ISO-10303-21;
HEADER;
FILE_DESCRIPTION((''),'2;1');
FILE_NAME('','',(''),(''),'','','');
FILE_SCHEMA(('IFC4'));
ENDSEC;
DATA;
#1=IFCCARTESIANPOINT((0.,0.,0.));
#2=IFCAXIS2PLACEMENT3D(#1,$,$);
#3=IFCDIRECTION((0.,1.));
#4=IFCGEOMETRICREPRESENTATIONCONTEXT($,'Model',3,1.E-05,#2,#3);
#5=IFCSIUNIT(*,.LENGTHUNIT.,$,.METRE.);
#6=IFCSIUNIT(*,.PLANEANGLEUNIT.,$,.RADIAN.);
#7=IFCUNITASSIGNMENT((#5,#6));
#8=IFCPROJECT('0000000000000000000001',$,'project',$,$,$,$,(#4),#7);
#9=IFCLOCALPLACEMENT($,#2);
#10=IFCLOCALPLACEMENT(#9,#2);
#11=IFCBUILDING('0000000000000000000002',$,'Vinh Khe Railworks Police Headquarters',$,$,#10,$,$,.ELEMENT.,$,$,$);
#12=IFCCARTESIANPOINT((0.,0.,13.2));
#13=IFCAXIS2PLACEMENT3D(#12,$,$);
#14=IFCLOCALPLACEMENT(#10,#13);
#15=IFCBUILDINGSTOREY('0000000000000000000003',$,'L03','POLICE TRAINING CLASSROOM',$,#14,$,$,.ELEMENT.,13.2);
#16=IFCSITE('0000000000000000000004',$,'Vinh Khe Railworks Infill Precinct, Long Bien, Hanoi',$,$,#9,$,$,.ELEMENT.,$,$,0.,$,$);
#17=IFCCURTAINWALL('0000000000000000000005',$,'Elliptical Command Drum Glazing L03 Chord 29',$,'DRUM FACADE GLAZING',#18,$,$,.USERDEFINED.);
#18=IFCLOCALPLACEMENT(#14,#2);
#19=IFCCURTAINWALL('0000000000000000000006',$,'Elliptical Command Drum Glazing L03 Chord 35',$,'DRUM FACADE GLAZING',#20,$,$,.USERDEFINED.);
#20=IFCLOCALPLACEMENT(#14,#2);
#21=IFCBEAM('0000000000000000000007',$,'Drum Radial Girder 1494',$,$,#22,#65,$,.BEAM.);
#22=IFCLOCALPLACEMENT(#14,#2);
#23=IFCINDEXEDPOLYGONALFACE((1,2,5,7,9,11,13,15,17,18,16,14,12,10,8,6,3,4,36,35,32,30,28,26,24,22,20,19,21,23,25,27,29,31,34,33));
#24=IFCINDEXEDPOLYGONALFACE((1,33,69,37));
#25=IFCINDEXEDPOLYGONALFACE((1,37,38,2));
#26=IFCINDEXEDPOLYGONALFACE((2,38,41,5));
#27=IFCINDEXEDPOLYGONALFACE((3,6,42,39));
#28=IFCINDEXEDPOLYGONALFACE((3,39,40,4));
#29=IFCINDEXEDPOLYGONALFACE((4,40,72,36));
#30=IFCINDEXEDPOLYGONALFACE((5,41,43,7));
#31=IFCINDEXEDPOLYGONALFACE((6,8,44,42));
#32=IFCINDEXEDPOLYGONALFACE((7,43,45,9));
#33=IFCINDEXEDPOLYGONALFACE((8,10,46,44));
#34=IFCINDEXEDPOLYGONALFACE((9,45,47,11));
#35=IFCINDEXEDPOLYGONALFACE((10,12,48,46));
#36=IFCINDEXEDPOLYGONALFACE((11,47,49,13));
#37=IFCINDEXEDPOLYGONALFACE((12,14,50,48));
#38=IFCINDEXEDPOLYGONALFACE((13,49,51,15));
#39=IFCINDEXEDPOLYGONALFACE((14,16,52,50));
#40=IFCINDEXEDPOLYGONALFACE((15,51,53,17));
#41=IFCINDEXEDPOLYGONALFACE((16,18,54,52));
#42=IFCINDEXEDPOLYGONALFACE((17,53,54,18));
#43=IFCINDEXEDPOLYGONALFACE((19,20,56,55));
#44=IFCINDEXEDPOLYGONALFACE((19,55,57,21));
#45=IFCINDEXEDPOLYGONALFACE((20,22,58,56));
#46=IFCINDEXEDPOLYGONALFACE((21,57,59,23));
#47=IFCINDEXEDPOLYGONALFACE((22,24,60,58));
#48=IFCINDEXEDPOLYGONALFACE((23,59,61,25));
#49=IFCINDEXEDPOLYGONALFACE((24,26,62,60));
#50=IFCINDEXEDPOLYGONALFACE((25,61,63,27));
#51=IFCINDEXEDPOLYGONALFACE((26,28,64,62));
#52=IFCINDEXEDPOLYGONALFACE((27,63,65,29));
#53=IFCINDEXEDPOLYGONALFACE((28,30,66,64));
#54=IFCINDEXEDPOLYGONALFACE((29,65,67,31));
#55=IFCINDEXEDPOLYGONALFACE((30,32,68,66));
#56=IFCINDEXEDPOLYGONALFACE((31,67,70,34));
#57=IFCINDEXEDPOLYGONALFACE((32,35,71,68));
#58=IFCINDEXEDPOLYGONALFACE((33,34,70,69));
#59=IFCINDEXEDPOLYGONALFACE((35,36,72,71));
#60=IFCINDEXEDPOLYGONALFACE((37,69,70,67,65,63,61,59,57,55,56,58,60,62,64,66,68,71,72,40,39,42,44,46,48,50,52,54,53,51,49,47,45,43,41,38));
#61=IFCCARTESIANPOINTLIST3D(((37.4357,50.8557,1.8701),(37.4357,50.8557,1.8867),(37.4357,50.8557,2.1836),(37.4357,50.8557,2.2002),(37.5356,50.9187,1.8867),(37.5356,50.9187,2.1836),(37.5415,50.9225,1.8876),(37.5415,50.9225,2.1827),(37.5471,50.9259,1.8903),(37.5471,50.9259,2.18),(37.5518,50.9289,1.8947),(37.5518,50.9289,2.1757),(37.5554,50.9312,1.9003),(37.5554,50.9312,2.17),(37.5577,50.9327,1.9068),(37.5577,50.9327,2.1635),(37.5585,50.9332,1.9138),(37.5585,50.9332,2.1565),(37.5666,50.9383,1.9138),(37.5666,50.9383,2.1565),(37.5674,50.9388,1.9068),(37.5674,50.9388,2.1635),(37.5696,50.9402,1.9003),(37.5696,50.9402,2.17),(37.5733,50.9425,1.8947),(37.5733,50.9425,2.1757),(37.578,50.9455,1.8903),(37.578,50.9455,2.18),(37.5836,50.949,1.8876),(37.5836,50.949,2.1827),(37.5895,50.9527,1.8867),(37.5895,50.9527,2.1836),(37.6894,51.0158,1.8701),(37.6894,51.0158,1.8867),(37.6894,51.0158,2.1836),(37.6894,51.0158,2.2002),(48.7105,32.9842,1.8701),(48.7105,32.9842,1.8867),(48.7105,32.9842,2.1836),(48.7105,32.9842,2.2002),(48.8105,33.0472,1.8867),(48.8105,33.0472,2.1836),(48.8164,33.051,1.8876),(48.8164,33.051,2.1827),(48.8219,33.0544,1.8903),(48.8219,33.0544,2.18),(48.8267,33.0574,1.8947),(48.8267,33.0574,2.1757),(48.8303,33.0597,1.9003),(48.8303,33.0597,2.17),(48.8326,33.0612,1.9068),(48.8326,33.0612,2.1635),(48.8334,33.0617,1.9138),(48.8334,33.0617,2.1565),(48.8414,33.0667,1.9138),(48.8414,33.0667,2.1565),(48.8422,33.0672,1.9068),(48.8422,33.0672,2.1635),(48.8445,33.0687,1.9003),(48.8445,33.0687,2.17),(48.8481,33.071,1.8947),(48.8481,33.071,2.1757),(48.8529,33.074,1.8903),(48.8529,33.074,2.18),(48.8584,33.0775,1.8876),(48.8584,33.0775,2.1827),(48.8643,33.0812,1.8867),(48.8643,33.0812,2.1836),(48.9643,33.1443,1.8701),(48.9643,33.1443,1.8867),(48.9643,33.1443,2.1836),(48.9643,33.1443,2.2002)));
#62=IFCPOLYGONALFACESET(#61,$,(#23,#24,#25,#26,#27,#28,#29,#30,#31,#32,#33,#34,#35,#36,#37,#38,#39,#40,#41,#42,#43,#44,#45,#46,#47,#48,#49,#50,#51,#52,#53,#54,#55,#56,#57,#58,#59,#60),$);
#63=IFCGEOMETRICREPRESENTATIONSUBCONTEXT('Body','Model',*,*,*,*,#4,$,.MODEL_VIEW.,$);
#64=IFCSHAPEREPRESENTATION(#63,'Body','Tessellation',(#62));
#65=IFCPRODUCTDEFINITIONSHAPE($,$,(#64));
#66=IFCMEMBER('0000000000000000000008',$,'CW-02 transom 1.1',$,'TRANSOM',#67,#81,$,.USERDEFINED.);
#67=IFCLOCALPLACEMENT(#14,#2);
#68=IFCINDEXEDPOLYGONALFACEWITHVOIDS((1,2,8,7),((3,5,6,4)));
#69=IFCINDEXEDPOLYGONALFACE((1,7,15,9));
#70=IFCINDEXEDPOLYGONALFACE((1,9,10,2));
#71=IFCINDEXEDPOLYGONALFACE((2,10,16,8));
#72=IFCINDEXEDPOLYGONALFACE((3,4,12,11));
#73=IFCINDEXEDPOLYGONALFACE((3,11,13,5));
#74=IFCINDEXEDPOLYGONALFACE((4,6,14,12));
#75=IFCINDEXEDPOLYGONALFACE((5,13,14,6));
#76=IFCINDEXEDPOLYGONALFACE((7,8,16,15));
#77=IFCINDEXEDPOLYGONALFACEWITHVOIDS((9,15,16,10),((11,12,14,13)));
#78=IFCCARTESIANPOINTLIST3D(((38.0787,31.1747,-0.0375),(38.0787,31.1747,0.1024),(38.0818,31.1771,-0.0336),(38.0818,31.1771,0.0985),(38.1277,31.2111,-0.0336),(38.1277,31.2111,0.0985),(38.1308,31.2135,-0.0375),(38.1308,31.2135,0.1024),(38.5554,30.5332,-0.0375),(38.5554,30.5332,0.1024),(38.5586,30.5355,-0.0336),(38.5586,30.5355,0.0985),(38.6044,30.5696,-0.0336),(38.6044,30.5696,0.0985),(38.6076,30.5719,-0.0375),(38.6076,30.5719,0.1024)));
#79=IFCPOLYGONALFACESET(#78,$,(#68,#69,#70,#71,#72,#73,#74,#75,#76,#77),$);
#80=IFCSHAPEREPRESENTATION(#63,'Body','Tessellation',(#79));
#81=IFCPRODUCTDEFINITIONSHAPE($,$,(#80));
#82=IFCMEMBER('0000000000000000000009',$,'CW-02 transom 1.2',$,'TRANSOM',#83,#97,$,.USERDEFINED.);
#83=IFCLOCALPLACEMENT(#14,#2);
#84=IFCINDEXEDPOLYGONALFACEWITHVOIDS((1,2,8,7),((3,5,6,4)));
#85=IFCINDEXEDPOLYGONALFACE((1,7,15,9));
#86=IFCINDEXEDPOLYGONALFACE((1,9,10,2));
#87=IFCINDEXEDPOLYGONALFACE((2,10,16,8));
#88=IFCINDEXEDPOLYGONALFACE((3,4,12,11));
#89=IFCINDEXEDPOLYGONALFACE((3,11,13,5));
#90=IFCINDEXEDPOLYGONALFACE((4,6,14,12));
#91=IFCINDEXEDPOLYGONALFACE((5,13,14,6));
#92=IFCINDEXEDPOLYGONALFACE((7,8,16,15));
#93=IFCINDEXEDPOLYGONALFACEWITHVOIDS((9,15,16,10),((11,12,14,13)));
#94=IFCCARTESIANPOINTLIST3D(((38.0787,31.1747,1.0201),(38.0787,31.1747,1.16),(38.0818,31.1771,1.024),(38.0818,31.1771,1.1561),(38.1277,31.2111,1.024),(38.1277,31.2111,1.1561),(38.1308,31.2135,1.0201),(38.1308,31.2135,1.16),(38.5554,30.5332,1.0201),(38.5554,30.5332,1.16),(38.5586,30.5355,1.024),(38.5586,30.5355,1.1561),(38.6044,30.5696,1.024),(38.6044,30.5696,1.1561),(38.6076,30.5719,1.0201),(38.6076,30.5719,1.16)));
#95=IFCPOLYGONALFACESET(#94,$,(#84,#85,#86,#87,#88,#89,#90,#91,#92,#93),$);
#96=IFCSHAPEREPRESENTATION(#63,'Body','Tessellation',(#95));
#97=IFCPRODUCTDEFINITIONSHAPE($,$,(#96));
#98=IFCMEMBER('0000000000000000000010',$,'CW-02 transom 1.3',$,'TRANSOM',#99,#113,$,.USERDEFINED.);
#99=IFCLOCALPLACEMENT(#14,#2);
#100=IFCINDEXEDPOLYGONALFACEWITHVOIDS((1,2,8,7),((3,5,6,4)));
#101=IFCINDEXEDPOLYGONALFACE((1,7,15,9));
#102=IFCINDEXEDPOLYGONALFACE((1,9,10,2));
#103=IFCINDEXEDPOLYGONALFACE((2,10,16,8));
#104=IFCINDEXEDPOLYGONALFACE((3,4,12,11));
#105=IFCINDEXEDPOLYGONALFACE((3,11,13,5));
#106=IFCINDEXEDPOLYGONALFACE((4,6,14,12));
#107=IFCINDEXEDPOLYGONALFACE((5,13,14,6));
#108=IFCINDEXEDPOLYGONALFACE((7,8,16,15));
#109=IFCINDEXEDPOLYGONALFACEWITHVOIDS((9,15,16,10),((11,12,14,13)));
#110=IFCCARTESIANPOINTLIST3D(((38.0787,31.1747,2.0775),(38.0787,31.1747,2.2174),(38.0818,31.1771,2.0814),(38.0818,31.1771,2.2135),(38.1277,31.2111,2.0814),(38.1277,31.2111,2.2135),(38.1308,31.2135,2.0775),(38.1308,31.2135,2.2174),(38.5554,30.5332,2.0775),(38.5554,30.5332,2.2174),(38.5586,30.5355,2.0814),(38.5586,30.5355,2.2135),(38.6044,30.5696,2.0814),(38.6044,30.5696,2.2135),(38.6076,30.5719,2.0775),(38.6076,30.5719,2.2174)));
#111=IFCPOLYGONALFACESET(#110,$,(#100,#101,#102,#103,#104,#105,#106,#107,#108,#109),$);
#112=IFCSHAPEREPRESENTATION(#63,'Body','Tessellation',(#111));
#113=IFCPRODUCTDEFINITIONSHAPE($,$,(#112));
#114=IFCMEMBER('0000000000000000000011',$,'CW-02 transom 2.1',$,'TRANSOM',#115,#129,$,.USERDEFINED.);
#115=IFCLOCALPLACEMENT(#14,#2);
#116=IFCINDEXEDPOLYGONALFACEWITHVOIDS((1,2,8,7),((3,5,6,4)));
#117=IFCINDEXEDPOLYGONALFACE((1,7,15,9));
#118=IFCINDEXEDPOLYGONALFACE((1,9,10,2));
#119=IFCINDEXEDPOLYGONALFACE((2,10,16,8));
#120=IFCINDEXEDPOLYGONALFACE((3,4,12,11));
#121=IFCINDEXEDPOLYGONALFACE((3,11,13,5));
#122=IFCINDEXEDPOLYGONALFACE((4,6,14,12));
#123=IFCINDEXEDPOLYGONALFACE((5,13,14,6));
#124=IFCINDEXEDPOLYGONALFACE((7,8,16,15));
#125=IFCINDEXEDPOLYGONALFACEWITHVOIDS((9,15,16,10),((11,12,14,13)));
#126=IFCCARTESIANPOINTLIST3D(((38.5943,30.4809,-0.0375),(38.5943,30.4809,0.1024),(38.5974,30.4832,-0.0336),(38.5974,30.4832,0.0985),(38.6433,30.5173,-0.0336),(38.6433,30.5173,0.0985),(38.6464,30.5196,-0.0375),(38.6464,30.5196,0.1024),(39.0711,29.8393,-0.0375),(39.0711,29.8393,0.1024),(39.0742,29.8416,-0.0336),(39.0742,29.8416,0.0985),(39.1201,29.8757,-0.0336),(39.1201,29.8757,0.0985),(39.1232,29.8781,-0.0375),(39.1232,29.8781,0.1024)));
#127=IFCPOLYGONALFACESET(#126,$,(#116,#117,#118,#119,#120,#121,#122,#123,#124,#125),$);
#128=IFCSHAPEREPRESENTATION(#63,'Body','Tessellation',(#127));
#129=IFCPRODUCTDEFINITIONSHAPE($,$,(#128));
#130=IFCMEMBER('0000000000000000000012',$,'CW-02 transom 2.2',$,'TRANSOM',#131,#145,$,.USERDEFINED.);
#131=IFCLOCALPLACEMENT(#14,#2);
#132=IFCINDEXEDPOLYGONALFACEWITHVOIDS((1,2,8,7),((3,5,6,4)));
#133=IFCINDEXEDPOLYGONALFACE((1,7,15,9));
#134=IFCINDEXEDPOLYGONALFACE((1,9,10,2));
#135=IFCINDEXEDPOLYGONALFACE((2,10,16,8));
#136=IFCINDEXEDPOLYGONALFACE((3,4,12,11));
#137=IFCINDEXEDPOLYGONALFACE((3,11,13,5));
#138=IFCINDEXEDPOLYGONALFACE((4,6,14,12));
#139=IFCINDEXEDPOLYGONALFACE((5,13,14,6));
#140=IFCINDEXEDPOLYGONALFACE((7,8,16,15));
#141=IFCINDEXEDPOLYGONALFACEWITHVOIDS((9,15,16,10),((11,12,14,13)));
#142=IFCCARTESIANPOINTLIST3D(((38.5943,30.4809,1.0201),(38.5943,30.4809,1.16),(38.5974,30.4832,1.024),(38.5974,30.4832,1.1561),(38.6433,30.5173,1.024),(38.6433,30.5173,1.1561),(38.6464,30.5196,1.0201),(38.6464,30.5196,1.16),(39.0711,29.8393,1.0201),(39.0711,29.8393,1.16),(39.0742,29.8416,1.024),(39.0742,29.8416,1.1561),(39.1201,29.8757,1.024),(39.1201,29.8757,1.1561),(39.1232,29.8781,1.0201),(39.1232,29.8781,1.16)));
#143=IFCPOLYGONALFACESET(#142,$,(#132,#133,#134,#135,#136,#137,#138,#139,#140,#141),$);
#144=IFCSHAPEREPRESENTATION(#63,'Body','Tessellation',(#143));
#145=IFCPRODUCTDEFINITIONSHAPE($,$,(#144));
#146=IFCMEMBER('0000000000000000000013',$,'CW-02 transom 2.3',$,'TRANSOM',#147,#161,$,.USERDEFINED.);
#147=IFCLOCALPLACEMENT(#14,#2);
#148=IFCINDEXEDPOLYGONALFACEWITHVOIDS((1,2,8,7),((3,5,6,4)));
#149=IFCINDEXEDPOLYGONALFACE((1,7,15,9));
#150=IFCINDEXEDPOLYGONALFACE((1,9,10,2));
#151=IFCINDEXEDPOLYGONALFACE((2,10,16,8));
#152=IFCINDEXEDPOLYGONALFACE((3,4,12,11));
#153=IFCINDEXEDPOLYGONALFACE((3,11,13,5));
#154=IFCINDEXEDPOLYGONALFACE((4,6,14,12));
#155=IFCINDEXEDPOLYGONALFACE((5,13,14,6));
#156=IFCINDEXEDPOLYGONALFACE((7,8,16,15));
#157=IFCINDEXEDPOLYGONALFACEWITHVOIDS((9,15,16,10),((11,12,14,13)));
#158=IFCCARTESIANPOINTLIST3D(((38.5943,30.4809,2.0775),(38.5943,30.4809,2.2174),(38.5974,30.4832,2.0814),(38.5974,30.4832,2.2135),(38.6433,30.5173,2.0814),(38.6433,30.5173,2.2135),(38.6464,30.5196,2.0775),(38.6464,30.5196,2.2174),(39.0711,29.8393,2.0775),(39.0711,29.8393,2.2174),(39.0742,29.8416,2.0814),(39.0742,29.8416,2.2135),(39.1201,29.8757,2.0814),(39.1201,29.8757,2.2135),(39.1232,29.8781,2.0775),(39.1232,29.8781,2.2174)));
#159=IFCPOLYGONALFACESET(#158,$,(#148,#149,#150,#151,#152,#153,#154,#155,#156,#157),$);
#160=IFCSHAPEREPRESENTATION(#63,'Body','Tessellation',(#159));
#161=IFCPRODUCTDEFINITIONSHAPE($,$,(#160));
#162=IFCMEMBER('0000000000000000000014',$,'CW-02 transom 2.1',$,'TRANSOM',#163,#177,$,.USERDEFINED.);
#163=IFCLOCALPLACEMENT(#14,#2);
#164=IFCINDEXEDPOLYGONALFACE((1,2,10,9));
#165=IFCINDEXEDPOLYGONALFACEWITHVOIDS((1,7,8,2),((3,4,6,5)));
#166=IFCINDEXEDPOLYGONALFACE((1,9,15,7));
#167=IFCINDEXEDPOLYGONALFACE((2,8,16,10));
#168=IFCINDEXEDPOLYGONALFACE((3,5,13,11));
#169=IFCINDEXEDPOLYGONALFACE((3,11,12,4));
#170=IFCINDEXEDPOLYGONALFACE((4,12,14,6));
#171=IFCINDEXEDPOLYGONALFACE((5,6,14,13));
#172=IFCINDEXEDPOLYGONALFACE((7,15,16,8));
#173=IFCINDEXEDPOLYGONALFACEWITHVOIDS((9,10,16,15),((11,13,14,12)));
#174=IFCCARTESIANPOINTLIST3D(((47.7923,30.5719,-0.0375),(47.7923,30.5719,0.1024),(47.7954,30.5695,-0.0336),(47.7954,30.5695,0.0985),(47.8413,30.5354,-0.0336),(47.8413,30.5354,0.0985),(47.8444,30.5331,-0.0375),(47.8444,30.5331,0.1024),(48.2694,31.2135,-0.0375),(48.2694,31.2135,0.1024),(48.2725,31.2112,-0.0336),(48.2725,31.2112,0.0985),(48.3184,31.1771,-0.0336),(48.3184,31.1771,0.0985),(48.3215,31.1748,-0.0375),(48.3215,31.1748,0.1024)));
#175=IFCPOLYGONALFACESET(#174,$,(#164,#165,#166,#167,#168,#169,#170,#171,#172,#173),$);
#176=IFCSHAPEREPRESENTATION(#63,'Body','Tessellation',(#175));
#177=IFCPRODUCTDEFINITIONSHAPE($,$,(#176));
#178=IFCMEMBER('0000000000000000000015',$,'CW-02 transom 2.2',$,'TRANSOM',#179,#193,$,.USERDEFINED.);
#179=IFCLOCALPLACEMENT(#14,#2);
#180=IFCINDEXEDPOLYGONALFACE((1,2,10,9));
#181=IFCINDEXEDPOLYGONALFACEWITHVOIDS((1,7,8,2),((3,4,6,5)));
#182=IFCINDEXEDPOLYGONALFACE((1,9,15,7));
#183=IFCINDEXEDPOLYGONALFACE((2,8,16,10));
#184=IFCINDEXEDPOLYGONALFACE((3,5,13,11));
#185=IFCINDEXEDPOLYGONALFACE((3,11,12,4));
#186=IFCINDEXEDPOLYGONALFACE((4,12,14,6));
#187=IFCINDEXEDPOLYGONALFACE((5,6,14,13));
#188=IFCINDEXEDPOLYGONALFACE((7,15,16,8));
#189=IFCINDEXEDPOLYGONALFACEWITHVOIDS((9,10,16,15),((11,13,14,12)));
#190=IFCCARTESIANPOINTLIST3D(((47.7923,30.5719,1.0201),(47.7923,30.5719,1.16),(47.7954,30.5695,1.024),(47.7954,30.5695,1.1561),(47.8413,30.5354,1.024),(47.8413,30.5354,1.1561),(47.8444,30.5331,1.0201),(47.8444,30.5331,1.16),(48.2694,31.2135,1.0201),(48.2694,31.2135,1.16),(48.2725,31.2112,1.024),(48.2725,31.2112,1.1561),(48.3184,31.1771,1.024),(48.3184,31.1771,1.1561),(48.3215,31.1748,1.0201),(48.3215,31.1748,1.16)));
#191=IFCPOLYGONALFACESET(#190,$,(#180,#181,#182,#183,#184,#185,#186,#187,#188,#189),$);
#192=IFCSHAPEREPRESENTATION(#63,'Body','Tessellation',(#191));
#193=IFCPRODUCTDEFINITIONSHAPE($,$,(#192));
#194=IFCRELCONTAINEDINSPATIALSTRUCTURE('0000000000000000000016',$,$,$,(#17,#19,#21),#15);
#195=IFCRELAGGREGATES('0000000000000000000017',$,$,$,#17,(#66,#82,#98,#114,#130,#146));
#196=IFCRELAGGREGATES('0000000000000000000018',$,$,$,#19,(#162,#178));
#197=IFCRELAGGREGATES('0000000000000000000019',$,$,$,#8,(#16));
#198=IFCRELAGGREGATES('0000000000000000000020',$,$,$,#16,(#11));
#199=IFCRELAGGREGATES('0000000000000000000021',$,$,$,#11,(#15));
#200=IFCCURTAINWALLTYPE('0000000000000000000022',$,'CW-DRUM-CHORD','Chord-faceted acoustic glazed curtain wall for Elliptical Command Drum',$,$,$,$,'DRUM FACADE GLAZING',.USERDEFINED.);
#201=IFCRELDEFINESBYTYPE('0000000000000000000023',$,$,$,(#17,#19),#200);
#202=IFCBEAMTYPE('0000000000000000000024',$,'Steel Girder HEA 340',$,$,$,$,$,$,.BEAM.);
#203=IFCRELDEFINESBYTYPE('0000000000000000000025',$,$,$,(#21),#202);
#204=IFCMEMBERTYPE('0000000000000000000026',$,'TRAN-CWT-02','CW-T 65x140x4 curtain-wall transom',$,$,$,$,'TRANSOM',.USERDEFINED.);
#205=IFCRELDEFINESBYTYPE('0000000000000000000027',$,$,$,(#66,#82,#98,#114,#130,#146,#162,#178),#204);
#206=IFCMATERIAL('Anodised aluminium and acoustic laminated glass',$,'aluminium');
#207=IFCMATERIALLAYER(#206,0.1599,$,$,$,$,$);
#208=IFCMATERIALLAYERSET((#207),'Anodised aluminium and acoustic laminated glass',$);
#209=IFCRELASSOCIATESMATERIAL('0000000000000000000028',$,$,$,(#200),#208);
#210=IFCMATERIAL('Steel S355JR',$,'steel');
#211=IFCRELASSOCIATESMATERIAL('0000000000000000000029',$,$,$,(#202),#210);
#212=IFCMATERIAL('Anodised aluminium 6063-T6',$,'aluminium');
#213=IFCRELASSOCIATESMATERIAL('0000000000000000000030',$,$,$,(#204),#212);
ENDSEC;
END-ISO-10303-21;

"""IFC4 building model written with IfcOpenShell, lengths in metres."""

from ifc_helpers import new_model, si_unit, direction, frame, origin, origin_2d, place, context, subcontext, project, spatial, hollow_rectangle, i_section, extrude, material, layer, layer_set, material_profile, profile_set, type_object, element, aggregate, save


model = new_model("IFC4")

# Units and contexts
model_context = context("Model", 3, precision=1e-05, world=origin(), true_north=direction((0.0, 1.0)))
body_context = subcontext(model_context, "Body", "Model", "MODEL_VIEW")
ifc_project = project(units=[si_unit("LENGTHUNIT", "METRE"), si_unit("PLANEANGLEUNIT", "RADIAN")], contexts=[model_context])

# Site, building, storey
site_placement = place(None, origin())
site = spatial("IfcSite", under=ifc_project, at=site_placement, Name="Vinh Khe Railworks Infill Precinct, Long Bien, Hanoi", CompositionType="ELEMENT", RefElevation=0.0)
building_placement = place(site_placement, origin())
building = spatial("IfcBuilding", under=site, at=building_placement, Name="Vinh Khe Railworks Police Headquarters", CompositionType="ELEMENT")
storey_placement = place(building_placement, frame((0.0, 0.0, 13.2)))
storey = spatial("IfcBuildingStorey", under=building, at=storey_placement, Name="L03", Description="POLICE TRAINING CLASSROOM", CompositionType="ELEMENT", Elevation=13.2)

# Shared definitions
ifc_material_1 = material(Name="Steel S355JR", Category="steel")

# Shared definitions
ifc_material_2 = material(Name="Anodised aluminium and acoustic laminated glass", Category="aluminium")
ifc_layer_1 = layer(ifc_material_2, 0.1599)
ifc_layer_set_1 = layer_set([ifc_layer_1], Name="Anodised aluminium and acoustic laminated glass")
curtain_wall_type = type_object("IfcCurtainWallType", Name="CW-DRUM-CHORD", Description="Chord-faceted acoustic glazed curtain wall for Elliptical Command Drum", ElementType="DRUM FACADE GLAZING", PredefinedType="USERDEFINED", material=ifc_layer_set_1)
ifc_material_3 = material(Name="Anodised aluminium 6063-T6", Category="aluminium")

# Curtain walls
curtain_wall_1_placement = place(storey_placement, origin())
curtain_wall_1 = element("IfcCurtainWall", 1, at=curtain_wall_1_placement, inside=storey, type_object=curtain_wall_type, Name="Elliptical Command Drum Glazing L03 Chord 29", ObjectType="DRUM FACADE GLAZING", PredefinedType="USERDEFINED")
curtain_wall_2_placement = place(storey_placement, origin())
curtain_wall_2 = element("IfcCurtainWall", 2, at=curtain_wall_2_placement, inside=storey, type_object=curtain_wall_type, Name="Elliptical Command Drum Glazing L03 Chord 35", ObjectType="DRUM FACADE GLAZING", PredefinedType="USERDEFINED")

# Beam
ifc_material_profile_1 = material_profile(ifc_material_1, i_section(OverallWidth=0.3, OverallDepth=0.3301, WebThickness=0.0095, FlangeThickness=0.0166, FilletRadius=0.0271, at=origin_2d()), Name="HEA 340")
ifc_profile_set_1 = profile_set([ifc_material_profile_1], Name="Steel S355JR")
beam_type = type_object("IfcBeamType", Name="Steel Girder HEA 340", PredefinedType="BEAM", material=ifc_profile_set_1)
beam_placement = place(storey_placement, frame((48.8374, 33.0642, 2.0352), z_axis=(-0.533573, 0.845754, 0.0), x_axis=(-0.845754, -0.533573, 0.0)))
element("IfcBeam", 3, at=beam_placement, inside=storey, type_object=beam_type, Name="Drum Radial Girder 1494", PredefinedType="BEAM", context=body_context, shape_type="SweptSolid", body=[
    extrude(i_section(OverallWidth=0.3, OverallDepth=0.3301, WebThickness=0.0095, FlangeThickness=0.0166, FilletRadius=0.0271, at=origin_2d()), origin(), (0.0, 0.0, 1.0), 21.1309),
])

# Members
ifc_material_profile_2 = material_profile(ifc_material_3, hollow_rectangle(XDim=0.0649, YDim=0.1399, WallThickness=0.0039, at=origin_2d()), Name="CW-T 65x140x4")
ifc_profile_set_2 = profile_set([ifc_material_profile_2], Name="Anodised aluminium 6063-T6")
member_type_1 = type_object("IfcMemberType", Name="TRAN-CWT-02", Description="CW-T 65x140x4 curtain-wall transom", ElementType="TRANSOM", PredefinedType="USERDEFINED", material=ifc_profile_set_2)
member_1_placement = place(storey_placement, frame((38.1047, 31.1941, 0.0325), z_axis=(0.596476, -0.802631, 0.0), x_axis=(0.802631, 0.596476, 0.0)))
member_1 = element("IfcMember", 4, at=member_1_placement, type_object=member_type_1, Name="CW-02 transom 1.1", ObjectType="TRANSOM", PredefinedType="USERDEFINED", context=body_context, shape_type="SweptSolid", body=[
    extrude(hollow_rectangle(XDim=0.0649, YDim=0.1399, WallThickness=0.0039, at=origin_2d()), origin(), (0.0, 0.0, 1.0), 0.7993),
])
member_2_placement = place(storey_placement, frame((38.1047, 31.1941, 1.0901), z_axis=(0.596476, -0.802631, 0.0), x_axis=(0.802631, 0.596476, 0.0)))
member_2 = element("IfcMember", 5, at=member_2_placement, type_object=member_type_1, Name="CW-02 transom 1.2", ObjectType="TRANSOM", PredefinedType="USERDEFINED", context=body_context, shape_type="SweptSolid", body=[
    extrude(hollow_rectangle(XDim=0.0649, YDim=0.1399, WallThickness=0.0039, at=origin_2d()), origin(), (0.0, 0.0, 1.0), 0.7993),
])
member_3_placement = place(storey_placement, frame((38.1047, 31.1941, 2.1475), z_axis=(0.596476, -0.802631, 0.0), x_axis=(0.802631, 0.596476, 0.0)))
member_3 = element("IfcMember", 6, at=member_3_placement, type_object=member_type_1, Name="CW-02 transom 1.3", ObjectType="TRANSOM", PredefinedType="USERDEFINED", context=body_context, shape_type="SweptSolid", body=[
    extrude(hollow_rectangle(XDim=0.0649, YDim=0.1399, WallThickness=0.0039, at=origin_2d()), origin(), (0.0, 0.0, 1.0), 0.7993),
])
member_4_placement = place(storey_placement, frame((38.6204, 30.5002, 0.0325), z_axis=(0.596476, -0.802631, 0.0), x_axis=(0.802631, 0.596476, 0.0)))
member_4 = element("IfcMember", 7, at=member_4_placement, type_object=member_type_1, Name="CW-02 transom 2.1", ObjectType="TRANSOM", PredefinedType="USERDEFINED", context=body_context, shape_type="SweptSolid", body=[
    extrude(hollow_rectangle(XDim=0.0649, YDim=0.1399, WallThickness=0.0039, at=origin_2d()), origin(), (0.0, 0.0, 1.0), 0.7993),
])
member_5_placement = place(storey_placement, frame((38.6204, 30.5002, 1.0901), z_axis=(0.596476, -0.802631, 0.0), x_axis=(0.802631, 0.596476, 0.0)))
member_5 = element("IfcMember", 8, at=member_5_placement, type_object=member_type_1, Name="CW-02 transom 2.2", ObjectType="TRANSOM", PredefinedType="USERDEFINED", context=body_context, shape_type="SweptSolid", body=[
    extrude(hollow_rectangle(XDim=0.0649, YDim=0.1399, WallThickness=0.0039, at=origin_2d()), origin(), (0.0, 0.0, 1.0), 0.7993),
])
member_6_placement = place(storey_placement, frame((38.6204, 30.5002, 2.1475), z_axis=(0.596476, -0.802631, 0.0), x_axis=(0.802631, 0.596476, 0.0)))
member_6 = element("IfcMember", 9, at=member_6_placement, type_object=member_type_1, Name="CW-02 transom 2.3", ObjectType="TRANSOM", PredefinedType="USERDEFINED", context=body_context, shape_type="SweptSolid", body=[
    extrude(hollow_rectangle(XDim=0.0649, YDim=0.1399, WallThickness=0.0039, at=origin_2d()), origin(), (0.0, 0.0, 1.0), 0.7993),
])
member_7_placement = place(storey_placement, frame((47.8184, 30.5525, 0.0325), z_axis=(0.596673, 0.802485, 0.0), x_axis=(-0.802485, 0.596673, 0.0)))
member_7 = element("IfcMember", 10, at=member_7_placement, type_object=member_type_1, Name="CW-02 transom 2.1", ObjectType="TRANSOM", PredefinedType="USERDEFINED", context=body_context, shape_type="SweptSolid", body=[
    extrude(hollow_rectangle(XDim=0.0649, YDim=0.1399, WallThickness=0.0039, at=origin_2d()), origin(), (0.0, 0.0, 1.0), 0.7996),
])
member_8_placement = place(storey_placement, frame((47.8184, 30.5525, 1.0901), z_axis=(0.596673, 0.802485, 0.0), x_axis=(-0.802485, 0.596673, 0.0)))
member_8 = element("IfcMember", 11, at=member_8_placement, type_object=member_type_1, Name="CW-02 transom 2.2", ObjectType="TRANSOM", PredefinedType="USERDEFINED", context=body_context, shape_type="SweptSolid", body=[
    extrude(hollow_rectangle(XDim=0.0649, YDim=0.1399, WallThickness=0.0039, at=origin_2d()), origin(), (0.0, 0.0, 1.0), 0.7996),
])

aggregate(curtain_wall_1, [member_1, member_2, member_3, member_4, member_5, member_6])
aggregate(curtain_wall_2, [member_7, member_8])

save(model, "model.ifc")
